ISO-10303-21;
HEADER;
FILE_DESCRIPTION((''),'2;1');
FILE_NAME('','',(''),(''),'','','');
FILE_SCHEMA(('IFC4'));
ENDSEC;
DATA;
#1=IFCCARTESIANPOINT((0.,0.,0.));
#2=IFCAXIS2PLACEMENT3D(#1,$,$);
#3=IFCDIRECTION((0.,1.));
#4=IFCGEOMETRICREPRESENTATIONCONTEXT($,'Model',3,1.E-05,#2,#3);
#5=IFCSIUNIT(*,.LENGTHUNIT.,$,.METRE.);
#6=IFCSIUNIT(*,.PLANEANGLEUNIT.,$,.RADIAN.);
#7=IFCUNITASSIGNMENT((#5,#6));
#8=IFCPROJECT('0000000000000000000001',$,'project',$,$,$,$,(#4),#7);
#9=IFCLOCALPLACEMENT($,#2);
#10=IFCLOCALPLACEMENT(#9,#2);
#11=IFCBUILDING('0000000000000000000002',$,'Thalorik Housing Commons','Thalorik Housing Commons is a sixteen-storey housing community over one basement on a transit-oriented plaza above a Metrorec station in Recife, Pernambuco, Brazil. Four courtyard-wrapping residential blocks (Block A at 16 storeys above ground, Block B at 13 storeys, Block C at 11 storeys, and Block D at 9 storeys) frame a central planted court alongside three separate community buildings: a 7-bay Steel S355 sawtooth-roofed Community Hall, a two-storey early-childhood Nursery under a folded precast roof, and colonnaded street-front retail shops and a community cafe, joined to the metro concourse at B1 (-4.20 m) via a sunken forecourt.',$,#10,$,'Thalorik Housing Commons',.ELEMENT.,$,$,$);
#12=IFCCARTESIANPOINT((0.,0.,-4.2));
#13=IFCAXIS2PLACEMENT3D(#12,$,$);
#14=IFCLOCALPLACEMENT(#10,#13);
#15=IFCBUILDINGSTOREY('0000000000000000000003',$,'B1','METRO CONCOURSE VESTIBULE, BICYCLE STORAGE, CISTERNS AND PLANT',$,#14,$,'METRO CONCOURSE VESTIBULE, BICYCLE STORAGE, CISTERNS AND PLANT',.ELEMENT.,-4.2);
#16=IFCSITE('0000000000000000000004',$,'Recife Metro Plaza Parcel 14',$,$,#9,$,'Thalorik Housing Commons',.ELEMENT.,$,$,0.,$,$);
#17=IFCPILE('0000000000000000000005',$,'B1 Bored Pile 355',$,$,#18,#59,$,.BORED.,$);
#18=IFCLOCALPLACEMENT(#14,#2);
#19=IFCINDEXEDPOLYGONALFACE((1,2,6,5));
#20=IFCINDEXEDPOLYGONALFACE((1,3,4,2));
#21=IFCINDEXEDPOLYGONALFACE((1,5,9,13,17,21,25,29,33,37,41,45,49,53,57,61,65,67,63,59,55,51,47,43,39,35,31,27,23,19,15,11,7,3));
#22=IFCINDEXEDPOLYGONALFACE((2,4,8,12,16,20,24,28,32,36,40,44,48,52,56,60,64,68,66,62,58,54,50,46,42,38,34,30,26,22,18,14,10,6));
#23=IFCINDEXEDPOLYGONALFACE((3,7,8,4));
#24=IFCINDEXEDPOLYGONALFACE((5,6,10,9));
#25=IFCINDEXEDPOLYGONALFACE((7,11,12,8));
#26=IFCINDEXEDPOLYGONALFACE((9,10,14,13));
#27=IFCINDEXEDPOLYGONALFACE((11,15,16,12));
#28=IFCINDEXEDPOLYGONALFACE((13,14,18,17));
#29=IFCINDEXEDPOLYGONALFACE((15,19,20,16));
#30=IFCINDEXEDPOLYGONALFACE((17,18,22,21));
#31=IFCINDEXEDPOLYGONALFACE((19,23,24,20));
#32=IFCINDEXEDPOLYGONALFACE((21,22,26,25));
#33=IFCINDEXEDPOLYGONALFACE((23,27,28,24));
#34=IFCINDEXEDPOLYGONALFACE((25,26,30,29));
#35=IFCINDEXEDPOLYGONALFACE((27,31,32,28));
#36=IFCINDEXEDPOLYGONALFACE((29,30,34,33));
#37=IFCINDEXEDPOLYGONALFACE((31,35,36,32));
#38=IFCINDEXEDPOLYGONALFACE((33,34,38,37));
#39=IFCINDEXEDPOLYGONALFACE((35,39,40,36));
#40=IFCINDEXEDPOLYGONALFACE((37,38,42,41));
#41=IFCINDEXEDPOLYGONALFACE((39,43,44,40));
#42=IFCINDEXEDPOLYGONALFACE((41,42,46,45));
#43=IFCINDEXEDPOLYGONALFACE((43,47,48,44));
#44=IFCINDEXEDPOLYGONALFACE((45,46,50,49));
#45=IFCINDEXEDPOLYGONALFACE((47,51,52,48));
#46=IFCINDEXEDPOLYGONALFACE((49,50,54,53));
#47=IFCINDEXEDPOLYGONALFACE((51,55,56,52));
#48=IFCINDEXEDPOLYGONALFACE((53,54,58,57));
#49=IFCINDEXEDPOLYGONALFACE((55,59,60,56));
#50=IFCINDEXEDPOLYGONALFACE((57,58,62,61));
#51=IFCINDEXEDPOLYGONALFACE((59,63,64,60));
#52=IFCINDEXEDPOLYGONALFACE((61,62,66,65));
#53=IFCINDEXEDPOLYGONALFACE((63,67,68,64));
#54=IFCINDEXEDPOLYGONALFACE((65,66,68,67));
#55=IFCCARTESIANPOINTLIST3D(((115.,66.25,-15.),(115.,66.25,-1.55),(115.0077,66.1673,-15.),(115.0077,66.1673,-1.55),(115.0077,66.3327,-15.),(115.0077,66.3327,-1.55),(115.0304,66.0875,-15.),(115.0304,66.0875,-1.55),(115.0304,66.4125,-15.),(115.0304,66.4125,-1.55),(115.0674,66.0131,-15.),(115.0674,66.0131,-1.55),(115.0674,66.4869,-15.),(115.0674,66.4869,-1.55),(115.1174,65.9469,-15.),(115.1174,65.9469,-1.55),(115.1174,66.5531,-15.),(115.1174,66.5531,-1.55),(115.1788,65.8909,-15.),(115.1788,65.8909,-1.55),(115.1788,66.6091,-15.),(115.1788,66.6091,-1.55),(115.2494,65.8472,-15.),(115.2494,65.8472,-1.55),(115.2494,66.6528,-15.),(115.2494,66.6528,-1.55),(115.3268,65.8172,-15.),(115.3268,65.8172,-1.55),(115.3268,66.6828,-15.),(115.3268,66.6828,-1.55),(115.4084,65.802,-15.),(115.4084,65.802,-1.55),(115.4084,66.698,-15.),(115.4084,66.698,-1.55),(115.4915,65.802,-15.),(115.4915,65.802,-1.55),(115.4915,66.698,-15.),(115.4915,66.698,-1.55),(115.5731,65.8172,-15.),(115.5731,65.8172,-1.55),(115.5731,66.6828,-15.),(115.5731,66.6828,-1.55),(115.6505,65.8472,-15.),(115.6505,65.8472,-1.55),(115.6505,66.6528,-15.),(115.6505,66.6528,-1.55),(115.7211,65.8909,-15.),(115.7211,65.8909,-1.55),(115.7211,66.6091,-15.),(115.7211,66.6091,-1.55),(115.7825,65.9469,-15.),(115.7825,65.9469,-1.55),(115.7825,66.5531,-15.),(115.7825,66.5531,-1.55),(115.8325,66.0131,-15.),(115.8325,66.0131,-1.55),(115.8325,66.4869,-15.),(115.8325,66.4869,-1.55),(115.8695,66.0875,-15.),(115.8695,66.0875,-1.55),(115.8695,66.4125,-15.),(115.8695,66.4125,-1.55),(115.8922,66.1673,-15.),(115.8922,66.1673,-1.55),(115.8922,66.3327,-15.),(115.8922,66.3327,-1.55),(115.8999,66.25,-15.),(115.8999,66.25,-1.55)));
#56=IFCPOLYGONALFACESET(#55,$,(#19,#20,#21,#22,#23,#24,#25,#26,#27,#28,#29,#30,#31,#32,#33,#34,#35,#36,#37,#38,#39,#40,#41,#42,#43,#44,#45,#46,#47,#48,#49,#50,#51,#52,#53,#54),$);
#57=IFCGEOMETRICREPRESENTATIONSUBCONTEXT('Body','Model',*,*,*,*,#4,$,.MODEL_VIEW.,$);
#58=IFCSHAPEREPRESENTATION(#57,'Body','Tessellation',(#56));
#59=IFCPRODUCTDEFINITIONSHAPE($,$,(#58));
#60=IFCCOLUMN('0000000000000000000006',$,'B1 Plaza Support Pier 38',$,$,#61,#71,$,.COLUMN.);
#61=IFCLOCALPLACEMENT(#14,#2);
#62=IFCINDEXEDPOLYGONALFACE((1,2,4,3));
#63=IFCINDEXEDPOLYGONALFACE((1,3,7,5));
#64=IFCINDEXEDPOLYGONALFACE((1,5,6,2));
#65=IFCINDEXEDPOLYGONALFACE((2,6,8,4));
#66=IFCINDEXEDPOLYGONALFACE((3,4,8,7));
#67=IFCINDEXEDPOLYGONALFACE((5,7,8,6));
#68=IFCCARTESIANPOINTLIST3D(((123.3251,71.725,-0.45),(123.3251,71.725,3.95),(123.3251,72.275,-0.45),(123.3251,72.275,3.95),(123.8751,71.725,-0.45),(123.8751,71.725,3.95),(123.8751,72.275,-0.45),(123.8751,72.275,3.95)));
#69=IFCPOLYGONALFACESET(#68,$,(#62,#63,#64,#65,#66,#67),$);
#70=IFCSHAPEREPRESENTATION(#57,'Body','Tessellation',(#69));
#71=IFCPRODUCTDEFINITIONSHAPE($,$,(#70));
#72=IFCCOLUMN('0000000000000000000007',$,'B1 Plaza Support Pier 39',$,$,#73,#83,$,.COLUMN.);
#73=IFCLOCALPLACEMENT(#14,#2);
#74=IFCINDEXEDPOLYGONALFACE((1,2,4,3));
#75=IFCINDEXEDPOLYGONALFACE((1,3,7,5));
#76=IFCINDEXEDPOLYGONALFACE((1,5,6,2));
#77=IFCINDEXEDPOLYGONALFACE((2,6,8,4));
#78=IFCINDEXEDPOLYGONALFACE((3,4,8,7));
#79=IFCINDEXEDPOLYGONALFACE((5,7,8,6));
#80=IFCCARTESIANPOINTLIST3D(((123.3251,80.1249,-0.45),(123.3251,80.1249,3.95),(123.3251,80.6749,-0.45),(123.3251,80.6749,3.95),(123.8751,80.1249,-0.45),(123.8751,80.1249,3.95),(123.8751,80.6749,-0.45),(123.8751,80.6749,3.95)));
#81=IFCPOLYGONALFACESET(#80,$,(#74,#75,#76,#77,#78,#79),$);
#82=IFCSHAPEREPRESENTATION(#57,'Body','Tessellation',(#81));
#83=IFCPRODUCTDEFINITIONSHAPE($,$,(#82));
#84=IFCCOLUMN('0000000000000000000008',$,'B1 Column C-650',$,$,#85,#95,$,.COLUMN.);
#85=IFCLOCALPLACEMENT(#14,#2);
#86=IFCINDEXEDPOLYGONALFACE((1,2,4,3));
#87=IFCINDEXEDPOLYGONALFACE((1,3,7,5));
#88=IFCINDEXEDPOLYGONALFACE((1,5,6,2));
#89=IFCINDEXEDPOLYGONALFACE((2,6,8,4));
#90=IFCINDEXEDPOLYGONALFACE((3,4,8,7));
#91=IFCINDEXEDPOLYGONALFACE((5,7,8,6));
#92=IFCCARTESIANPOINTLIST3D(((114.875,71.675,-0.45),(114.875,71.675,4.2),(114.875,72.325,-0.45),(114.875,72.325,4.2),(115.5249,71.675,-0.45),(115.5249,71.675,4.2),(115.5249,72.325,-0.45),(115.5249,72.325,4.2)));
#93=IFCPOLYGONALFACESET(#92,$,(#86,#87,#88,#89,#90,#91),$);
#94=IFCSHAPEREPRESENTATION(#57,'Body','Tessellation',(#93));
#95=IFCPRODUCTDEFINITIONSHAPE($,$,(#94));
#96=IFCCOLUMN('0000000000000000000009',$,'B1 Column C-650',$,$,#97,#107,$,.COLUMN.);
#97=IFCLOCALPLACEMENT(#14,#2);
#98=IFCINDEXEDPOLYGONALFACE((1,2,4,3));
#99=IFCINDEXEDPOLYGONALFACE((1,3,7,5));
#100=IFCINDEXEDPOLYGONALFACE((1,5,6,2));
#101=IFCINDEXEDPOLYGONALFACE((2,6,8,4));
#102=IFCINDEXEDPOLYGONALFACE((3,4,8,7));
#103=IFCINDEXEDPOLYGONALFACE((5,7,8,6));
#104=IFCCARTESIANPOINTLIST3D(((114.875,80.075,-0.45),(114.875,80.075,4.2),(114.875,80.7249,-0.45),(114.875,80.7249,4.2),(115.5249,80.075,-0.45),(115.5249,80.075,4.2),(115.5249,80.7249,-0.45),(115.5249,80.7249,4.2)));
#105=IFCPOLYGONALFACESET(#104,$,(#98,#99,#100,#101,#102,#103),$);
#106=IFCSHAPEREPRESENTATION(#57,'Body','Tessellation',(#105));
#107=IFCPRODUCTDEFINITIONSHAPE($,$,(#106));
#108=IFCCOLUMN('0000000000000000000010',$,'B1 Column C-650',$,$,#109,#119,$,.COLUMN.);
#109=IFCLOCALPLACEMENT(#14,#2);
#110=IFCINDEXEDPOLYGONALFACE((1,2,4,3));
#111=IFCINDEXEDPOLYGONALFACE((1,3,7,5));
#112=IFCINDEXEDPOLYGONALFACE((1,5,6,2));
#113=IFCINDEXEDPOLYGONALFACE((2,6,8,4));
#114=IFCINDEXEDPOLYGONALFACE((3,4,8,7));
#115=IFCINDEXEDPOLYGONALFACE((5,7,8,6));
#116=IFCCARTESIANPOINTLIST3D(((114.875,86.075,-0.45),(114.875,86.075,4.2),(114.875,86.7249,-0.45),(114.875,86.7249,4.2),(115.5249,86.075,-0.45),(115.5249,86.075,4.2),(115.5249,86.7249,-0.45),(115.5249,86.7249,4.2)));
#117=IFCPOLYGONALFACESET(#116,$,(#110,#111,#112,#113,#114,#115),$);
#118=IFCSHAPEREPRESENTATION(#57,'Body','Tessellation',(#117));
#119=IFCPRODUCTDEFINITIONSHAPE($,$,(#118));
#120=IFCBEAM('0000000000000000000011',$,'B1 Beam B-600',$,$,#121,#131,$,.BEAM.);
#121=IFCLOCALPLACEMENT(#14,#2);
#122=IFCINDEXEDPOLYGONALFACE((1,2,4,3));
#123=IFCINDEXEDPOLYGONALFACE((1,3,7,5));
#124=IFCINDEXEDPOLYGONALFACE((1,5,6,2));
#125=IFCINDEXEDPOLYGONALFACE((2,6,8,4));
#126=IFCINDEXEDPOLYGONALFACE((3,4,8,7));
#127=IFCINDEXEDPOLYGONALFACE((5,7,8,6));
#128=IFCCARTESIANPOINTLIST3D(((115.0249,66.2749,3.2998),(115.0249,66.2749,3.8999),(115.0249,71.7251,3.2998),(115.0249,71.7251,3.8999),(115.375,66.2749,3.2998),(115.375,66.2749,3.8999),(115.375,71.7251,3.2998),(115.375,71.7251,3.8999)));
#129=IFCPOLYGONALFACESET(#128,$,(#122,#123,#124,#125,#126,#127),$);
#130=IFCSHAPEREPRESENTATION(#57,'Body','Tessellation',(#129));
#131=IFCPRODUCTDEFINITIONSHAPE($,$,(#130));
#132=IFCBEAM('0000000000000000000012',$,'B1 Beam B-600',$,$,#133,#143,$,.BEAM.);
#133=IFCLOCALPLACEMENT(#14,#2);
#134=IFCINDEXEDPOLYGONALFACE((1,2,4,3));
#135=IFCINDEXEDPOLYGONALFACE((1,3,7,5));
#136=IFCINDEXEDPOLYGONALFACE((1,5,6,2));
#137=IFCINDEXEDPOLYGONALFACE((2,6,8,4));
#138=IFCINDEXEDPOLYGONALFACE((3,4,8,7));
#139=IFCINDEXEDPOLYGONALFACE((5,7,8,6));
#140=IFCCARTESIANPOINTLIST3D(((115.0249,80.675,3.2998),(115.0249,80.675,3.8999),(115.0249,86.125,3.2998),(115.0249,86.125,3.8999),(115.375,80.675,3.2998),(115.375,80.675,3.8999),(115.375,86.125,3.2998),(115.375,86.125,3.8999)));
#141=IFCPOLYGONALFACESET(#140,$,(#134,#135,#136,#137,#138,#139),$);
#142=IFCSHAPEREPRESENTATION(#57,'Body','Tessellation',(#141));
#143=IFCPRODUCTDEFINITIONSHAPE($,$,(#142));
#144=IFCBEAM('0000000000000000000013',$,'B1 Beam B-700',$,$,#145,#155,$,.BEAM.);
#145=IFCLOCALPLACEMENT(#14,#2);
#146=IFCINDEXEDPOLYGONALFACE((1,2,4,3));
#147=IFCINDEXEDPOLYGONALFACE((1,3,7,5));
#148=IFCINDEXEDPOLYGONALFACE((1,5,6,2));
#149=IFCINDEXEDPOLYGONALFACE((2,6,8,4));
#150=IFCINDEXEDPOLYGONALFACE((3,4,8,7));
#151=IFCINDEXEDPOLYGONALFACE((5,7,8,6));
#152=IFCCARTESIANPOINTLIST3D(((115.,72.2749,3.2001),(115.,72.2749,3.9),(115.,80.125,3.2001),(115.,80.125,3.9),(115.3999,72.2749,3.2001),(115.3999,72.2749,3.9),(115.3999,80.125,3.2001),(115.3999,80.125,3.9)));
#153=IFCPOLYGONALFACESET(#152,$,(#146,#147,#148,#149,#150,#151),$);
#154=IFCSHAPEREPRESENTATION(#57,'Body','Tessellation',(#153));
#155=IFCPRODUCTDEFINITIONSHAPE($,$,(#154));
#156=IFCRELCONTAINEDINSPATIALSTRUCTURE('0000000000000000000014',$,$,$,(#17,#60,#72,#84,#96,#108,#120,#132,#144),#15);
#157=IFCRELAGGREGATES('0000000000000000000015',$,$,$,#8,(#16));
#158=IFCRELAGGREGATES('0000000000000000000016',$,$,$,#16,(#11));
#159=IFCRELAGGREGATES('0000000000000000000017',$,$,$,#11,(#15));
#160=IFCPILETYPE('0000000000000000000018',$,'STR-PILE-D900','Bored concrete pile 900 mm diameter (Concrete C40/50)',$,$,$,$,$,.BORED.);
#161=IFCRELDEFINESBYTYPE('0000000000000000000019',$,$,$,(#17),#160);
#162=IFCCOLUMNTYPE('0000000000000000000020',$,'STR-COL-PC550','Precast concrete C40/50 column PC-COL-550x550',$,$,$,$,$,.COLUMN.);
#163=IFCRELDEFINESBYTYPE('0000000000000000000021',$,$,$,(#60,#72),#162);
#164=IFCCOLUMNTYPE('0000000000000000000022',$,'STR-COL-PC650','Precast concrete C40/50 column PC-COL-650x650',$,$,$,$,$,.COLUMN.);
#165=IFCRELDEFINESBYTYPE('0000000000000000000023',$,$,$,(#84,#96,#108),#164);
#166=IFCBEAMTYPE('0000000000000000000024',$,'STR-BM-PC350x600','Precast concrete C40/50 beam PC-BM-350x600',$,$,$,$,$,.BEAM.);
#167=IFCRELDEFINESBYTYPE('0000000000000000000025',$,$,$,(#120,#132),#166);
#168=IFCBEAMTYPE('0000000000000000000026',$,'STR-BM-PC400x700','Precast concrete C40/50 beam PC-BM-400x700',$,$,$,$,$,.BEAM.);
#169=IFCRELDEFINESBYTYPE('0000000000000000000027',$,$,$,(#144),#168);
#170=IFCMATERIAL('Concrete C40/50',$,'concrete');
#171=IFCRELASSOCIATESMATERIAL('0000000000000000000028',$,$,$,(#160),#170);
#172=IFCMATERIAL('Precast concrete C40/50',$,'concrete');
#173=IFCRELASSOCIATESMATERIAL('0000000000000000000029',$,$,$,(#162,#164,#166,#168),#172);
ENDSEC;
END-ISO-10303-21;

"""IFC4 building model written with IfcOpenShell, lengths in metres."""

from ifc_helpers import new_model, si_unit, direction, frame, origin, origin_2d, place, context, subcontext, project, spatial, rectangle, circle, extrude, material, material_profile, profile_set, type_object, element, save


model = new_model("IFC4")

# Units and contexts
model_context = context("Model", 3, precision=1e-05, world=origin(), true_north=direction((0.0, 1.0)))
body_context = subcontext(model_context, "Body", "Model", "MODEL_VIEW")
ifc_project = project(units=[si_unit("LENGTHUNIT", "METRE"), si_unit("PLANEANGLEUNIT", "RADIAN")], contexts=[model_context])

# Site, building, storey
site_placement = place(None, origin())
site = spatial("IfcSite", under=ifc_project, at=site_placement, Name="Recife Metro Plaza Parcel 14", LongName="Thalorik Housing Commons", CompositionType="ELEMENT", RefElevation=0.0)
building_placement = place(site_placement, origin())
building = spatial("IfcBuilding", under=site, at=building_placement, Name="Thalorik Housing Commons", Description="Thalorik Housing Commons is a sixteen-storey housing community over one basement on a transit-oriented plaza above a Metrorec station in Recife, Pernambuco, Brazil. Four courtyard-wrapping residential blocks (Block A at 16 storeys above ground, Block B at 13 storeys, Block C at 11 storeys, and Block D at 9 storeys) frame a central planted court alongside three separate community buildings: a 7-bay Steel S355 sawtooth-roofed Community Hall, a two-storey early-childhood Nursery under a folded precast roof, and colonnaded street-front retail shops and a community cafe, joined to the metro concourse at B1 (-4.20 m) via a sunken forecourt.", LongName="Thalorik Housing Commons", CompositionType="ELEMENT")
storey_placement = place(building_placement, frame((0.0, 0.0, -4.2)))
storey = spatial("IfcBuildingStorey", under=building, at=storey_placement, Name="B1", Description="METRO CONCOURSE VESTIBULE, BICYCLE STORAGE, CISTERNS AND PLANT", LongName="METRO CONCOURSE VESTIBULE, BICYCLE STORAGE, CISTERNS AND PLANT", CompositionType="ELEMENT", Elevation=-4.2)

# Shared definitions
ifc_material_1 = material(Name="Concrete C40/50", Category="concrete")

# Pile
ifc_material_profile_1 = material_profile(ifc_material_1, circle(Radius=0.45, at=origin_2d()), Name="BORED PILE D900", Category="concrete")
ifc_profile_set_1 = profile_set([ifc_material_profile_1], Name="Concrete C40/50")
pile_type_1 = type_object("IfcPileType", Name="STR-PILE-D900", Description="Bored concrete pile 900 mm diameter (Concrete C40/50)", PredefinedType="BORED", material=ifc_profile_set_1)
for number, where, z_axis, x_axis, name in (
    (1, (115.45, 66.25, -1.55), (0.0, 0.0, -1.0), (1.0, 0.0, 0.0), "B1 Bored Pile 355"),
):
    element("IfcPile", number, at=place(storey_placement, frame(where, z_axis=z_axis, x_axis=x_axis)), inside=storey, type_object=pile_type_1, Name=name, PredefinedType="BORED", context=body_context, shape_type="SweptSolid", body=[
        extrude(circle(Radius=0.45, at=origin_2d()), origin(), (0.0, 0.0, 1.0), 13.45),
    ])

# Columns
ifc_material_2 = material(Name="Precast concrete C40/50", Category="concrete")
ifc_material_profile_2 = material_profile(ifc_material_2, rectangle(XDim=0.55, YDim=0.55, at=origin_2d()), Name="PC 550x550", Category="concrete")
ifc_profile_set_2 = profile_set([ifc_material_profile_2], Name="Precast concrete C40/50")
column_type_1 = type_object("IfcColumnType", Name="STR-COL-PC550", Description="Precast concrete C40/50 column PC-COL-550x550", PredefinedType="COLUMN", material=ifc_profile_set_2)
for number, where, z_axis, x_axis, name in (
    (2, (123.6001, 72.0, -0.45), (0.0, 0.0, 1.0), (1.0, 0.0, 0.0), "B1 Plaza Support Pier 38"),
    (3, (123.6001, 80.3999, -0.45), (0.0, 0.0, 1.0), (1.0, 0.0, 0.0), "B1 Plaza Support Pier 39"),
):
    element("IfcColumn", number, at=place(storey_placement, frame(where, z_axis=z_axis, x_axis=x_axis)), inside=storey, type_object=column_type_1, Name=name, PredefinedType="COLUMN", context=body_context, shape_type="SweptSolid", body=[
        extrude(rectangle(XDim=0.55, YDim=0.55, at=origin_2d()), origin(), (0.0, 0.0, 1.0), 4.3999),
    ])
ifc_material_profile_3 = material_profile(ifc_material_2, rectangle(XDim=0.6499, YDim=0.6499, at=origin_2d()), Name="PC 650x650", Category="concrete")
ifc_profile_set_3 = profile_set([ifc_material_profile_3], Name="Precast concrete C40/50")
column_type_2 = type_object("IfcColumnType", Name="STR-COL-PC650", Description="Precast concrete C40/50 column PC-COL-650x650", PredefinedType="COLUMN", material=ifc_profile_set_3)
for number, where, z_axis, x_axis, name in (
    (4, (115.2, 72.0, -0.45), (0.0, 0.0, 1.0), (1.0, 0.0, 0.0), "B1 Column C-650"),
    (5, (115.2, 80.3999, -0.45), (0.0, 0.0, 1.0), (1.0, 0.0, 0.0), "B1 Column C-650"),
    (6, (115.2, 86.3999, -0.45), (0.0, 0.0, 1.0), (1.0, 0.0, 0.0), "B1 Column C-650"),
):
    element("IfcColumn", number, at=place(storey_placement, frame(where, z_axis=z_axis, x_axis=x_axis)), inside=storey, type_object=column_type_2, Name=name, PredefinedType="COLUMN", context=body_context, shape_type="SweptSolid", body=[
        extrude(rectangle(XDim=0.6499, YDim=0.6499, at=origin_2d()), origin(), (0.0, 0.0, 1.0), 4.6499),
    ])

# Beams
ifc_material_profile_4 = material_profile(ifc_material_2, rectangle(XDim=0.3501, YDim=0.6001, at=origin_2d()), Name="PC 350x600", Category="concrete")
ifc_profile_set_4 = profile_set([ifc_material_profile_4], Name="Precast concrete C40/50")
beam_type_1 = type_object("IfcBeamType", Name="STR-BM-PC350x600", Description="Precast concrete C40/50 beam PC-BM-350x600", PredefinedType="BEAM", material=ifc_profile_set_4)
beam_1_placement = place(storey_placement, frame((115.2, 66.2749, 3.5999), z_axis=(0.0, 1.0, 0.0), x_axis=(-1.0, 0.0, 0.0)))
element("IfcBeam", 7, at=beam_1_placement, inside=storey, type_object=beam_type_1, Name="B1 Beam B-600", PredefinedType="BEAM", context=body_context, shape_type="SweptSolid", body=[
    extrude(rectangle(XDim=0.3501, YDim=0.6001, at=origin_2d()), origin(), (0.0, 0.0, 1.0), 5.4502),
])
beam_2_placement = place(storey_placement, frame((115.2, 80.675, 3.5999), z_axis=(0.0, 1.0, 0.0), x_axis=(-1.0, 0.0, 0.0)))
element("IfcBeam", 8, at=beam_2_placement, inside=storey, type_object=beam_type_1, Name="B1 Beam B-600", PredefinedType="BEAM", context=body_context, shape_type="SweptSolid", body=[
    extrude(rectangle(XDim=0.3501, YDim=0.6001, at=origin_2d()), origin(), (0.0, 0.0, 1.0), 5.45),
])
ifc_material_profile_5 = material_profile(ifc_material_2, rectangle(XDim=0.3999, YDim=0.7, at=origin_2d()), Name="PC 400x700", Category="concrete")
ifc_profile_set_5 = profile_set([ifc_material_profile_5], Name="Precast concrete C40/50")
beam_type_2 = type_object("IfcBeamType", Name="STR-BM-PC400x700", Description="Precast concrete C40/50 beam PC-BM-400x700", PredefinedType="BEAM", material=ifc_profile_set_5)
beam_3_placement = place(storey_placement, frame((115.2, 72.2749, 3.55), z_axis=(0.0, 1.0, 0.0), x_axis=(-1.0, 0.0, 0.0)))
element("IfcBeam", 9, at=beam_3_placement, inside=storey, type_object=beam_type_2, Name="B1 Beam B-700", PredefinedType="BEAM", context=body_context, shape_type="SweptSolid", body=[
    extrude(rectangle(XDim=0.3999, YDim=0.7, at=origin_2d()), origin(), (0.0, 0.0, 1.0), 7.8501),
])

save(model, "model.ifc")
